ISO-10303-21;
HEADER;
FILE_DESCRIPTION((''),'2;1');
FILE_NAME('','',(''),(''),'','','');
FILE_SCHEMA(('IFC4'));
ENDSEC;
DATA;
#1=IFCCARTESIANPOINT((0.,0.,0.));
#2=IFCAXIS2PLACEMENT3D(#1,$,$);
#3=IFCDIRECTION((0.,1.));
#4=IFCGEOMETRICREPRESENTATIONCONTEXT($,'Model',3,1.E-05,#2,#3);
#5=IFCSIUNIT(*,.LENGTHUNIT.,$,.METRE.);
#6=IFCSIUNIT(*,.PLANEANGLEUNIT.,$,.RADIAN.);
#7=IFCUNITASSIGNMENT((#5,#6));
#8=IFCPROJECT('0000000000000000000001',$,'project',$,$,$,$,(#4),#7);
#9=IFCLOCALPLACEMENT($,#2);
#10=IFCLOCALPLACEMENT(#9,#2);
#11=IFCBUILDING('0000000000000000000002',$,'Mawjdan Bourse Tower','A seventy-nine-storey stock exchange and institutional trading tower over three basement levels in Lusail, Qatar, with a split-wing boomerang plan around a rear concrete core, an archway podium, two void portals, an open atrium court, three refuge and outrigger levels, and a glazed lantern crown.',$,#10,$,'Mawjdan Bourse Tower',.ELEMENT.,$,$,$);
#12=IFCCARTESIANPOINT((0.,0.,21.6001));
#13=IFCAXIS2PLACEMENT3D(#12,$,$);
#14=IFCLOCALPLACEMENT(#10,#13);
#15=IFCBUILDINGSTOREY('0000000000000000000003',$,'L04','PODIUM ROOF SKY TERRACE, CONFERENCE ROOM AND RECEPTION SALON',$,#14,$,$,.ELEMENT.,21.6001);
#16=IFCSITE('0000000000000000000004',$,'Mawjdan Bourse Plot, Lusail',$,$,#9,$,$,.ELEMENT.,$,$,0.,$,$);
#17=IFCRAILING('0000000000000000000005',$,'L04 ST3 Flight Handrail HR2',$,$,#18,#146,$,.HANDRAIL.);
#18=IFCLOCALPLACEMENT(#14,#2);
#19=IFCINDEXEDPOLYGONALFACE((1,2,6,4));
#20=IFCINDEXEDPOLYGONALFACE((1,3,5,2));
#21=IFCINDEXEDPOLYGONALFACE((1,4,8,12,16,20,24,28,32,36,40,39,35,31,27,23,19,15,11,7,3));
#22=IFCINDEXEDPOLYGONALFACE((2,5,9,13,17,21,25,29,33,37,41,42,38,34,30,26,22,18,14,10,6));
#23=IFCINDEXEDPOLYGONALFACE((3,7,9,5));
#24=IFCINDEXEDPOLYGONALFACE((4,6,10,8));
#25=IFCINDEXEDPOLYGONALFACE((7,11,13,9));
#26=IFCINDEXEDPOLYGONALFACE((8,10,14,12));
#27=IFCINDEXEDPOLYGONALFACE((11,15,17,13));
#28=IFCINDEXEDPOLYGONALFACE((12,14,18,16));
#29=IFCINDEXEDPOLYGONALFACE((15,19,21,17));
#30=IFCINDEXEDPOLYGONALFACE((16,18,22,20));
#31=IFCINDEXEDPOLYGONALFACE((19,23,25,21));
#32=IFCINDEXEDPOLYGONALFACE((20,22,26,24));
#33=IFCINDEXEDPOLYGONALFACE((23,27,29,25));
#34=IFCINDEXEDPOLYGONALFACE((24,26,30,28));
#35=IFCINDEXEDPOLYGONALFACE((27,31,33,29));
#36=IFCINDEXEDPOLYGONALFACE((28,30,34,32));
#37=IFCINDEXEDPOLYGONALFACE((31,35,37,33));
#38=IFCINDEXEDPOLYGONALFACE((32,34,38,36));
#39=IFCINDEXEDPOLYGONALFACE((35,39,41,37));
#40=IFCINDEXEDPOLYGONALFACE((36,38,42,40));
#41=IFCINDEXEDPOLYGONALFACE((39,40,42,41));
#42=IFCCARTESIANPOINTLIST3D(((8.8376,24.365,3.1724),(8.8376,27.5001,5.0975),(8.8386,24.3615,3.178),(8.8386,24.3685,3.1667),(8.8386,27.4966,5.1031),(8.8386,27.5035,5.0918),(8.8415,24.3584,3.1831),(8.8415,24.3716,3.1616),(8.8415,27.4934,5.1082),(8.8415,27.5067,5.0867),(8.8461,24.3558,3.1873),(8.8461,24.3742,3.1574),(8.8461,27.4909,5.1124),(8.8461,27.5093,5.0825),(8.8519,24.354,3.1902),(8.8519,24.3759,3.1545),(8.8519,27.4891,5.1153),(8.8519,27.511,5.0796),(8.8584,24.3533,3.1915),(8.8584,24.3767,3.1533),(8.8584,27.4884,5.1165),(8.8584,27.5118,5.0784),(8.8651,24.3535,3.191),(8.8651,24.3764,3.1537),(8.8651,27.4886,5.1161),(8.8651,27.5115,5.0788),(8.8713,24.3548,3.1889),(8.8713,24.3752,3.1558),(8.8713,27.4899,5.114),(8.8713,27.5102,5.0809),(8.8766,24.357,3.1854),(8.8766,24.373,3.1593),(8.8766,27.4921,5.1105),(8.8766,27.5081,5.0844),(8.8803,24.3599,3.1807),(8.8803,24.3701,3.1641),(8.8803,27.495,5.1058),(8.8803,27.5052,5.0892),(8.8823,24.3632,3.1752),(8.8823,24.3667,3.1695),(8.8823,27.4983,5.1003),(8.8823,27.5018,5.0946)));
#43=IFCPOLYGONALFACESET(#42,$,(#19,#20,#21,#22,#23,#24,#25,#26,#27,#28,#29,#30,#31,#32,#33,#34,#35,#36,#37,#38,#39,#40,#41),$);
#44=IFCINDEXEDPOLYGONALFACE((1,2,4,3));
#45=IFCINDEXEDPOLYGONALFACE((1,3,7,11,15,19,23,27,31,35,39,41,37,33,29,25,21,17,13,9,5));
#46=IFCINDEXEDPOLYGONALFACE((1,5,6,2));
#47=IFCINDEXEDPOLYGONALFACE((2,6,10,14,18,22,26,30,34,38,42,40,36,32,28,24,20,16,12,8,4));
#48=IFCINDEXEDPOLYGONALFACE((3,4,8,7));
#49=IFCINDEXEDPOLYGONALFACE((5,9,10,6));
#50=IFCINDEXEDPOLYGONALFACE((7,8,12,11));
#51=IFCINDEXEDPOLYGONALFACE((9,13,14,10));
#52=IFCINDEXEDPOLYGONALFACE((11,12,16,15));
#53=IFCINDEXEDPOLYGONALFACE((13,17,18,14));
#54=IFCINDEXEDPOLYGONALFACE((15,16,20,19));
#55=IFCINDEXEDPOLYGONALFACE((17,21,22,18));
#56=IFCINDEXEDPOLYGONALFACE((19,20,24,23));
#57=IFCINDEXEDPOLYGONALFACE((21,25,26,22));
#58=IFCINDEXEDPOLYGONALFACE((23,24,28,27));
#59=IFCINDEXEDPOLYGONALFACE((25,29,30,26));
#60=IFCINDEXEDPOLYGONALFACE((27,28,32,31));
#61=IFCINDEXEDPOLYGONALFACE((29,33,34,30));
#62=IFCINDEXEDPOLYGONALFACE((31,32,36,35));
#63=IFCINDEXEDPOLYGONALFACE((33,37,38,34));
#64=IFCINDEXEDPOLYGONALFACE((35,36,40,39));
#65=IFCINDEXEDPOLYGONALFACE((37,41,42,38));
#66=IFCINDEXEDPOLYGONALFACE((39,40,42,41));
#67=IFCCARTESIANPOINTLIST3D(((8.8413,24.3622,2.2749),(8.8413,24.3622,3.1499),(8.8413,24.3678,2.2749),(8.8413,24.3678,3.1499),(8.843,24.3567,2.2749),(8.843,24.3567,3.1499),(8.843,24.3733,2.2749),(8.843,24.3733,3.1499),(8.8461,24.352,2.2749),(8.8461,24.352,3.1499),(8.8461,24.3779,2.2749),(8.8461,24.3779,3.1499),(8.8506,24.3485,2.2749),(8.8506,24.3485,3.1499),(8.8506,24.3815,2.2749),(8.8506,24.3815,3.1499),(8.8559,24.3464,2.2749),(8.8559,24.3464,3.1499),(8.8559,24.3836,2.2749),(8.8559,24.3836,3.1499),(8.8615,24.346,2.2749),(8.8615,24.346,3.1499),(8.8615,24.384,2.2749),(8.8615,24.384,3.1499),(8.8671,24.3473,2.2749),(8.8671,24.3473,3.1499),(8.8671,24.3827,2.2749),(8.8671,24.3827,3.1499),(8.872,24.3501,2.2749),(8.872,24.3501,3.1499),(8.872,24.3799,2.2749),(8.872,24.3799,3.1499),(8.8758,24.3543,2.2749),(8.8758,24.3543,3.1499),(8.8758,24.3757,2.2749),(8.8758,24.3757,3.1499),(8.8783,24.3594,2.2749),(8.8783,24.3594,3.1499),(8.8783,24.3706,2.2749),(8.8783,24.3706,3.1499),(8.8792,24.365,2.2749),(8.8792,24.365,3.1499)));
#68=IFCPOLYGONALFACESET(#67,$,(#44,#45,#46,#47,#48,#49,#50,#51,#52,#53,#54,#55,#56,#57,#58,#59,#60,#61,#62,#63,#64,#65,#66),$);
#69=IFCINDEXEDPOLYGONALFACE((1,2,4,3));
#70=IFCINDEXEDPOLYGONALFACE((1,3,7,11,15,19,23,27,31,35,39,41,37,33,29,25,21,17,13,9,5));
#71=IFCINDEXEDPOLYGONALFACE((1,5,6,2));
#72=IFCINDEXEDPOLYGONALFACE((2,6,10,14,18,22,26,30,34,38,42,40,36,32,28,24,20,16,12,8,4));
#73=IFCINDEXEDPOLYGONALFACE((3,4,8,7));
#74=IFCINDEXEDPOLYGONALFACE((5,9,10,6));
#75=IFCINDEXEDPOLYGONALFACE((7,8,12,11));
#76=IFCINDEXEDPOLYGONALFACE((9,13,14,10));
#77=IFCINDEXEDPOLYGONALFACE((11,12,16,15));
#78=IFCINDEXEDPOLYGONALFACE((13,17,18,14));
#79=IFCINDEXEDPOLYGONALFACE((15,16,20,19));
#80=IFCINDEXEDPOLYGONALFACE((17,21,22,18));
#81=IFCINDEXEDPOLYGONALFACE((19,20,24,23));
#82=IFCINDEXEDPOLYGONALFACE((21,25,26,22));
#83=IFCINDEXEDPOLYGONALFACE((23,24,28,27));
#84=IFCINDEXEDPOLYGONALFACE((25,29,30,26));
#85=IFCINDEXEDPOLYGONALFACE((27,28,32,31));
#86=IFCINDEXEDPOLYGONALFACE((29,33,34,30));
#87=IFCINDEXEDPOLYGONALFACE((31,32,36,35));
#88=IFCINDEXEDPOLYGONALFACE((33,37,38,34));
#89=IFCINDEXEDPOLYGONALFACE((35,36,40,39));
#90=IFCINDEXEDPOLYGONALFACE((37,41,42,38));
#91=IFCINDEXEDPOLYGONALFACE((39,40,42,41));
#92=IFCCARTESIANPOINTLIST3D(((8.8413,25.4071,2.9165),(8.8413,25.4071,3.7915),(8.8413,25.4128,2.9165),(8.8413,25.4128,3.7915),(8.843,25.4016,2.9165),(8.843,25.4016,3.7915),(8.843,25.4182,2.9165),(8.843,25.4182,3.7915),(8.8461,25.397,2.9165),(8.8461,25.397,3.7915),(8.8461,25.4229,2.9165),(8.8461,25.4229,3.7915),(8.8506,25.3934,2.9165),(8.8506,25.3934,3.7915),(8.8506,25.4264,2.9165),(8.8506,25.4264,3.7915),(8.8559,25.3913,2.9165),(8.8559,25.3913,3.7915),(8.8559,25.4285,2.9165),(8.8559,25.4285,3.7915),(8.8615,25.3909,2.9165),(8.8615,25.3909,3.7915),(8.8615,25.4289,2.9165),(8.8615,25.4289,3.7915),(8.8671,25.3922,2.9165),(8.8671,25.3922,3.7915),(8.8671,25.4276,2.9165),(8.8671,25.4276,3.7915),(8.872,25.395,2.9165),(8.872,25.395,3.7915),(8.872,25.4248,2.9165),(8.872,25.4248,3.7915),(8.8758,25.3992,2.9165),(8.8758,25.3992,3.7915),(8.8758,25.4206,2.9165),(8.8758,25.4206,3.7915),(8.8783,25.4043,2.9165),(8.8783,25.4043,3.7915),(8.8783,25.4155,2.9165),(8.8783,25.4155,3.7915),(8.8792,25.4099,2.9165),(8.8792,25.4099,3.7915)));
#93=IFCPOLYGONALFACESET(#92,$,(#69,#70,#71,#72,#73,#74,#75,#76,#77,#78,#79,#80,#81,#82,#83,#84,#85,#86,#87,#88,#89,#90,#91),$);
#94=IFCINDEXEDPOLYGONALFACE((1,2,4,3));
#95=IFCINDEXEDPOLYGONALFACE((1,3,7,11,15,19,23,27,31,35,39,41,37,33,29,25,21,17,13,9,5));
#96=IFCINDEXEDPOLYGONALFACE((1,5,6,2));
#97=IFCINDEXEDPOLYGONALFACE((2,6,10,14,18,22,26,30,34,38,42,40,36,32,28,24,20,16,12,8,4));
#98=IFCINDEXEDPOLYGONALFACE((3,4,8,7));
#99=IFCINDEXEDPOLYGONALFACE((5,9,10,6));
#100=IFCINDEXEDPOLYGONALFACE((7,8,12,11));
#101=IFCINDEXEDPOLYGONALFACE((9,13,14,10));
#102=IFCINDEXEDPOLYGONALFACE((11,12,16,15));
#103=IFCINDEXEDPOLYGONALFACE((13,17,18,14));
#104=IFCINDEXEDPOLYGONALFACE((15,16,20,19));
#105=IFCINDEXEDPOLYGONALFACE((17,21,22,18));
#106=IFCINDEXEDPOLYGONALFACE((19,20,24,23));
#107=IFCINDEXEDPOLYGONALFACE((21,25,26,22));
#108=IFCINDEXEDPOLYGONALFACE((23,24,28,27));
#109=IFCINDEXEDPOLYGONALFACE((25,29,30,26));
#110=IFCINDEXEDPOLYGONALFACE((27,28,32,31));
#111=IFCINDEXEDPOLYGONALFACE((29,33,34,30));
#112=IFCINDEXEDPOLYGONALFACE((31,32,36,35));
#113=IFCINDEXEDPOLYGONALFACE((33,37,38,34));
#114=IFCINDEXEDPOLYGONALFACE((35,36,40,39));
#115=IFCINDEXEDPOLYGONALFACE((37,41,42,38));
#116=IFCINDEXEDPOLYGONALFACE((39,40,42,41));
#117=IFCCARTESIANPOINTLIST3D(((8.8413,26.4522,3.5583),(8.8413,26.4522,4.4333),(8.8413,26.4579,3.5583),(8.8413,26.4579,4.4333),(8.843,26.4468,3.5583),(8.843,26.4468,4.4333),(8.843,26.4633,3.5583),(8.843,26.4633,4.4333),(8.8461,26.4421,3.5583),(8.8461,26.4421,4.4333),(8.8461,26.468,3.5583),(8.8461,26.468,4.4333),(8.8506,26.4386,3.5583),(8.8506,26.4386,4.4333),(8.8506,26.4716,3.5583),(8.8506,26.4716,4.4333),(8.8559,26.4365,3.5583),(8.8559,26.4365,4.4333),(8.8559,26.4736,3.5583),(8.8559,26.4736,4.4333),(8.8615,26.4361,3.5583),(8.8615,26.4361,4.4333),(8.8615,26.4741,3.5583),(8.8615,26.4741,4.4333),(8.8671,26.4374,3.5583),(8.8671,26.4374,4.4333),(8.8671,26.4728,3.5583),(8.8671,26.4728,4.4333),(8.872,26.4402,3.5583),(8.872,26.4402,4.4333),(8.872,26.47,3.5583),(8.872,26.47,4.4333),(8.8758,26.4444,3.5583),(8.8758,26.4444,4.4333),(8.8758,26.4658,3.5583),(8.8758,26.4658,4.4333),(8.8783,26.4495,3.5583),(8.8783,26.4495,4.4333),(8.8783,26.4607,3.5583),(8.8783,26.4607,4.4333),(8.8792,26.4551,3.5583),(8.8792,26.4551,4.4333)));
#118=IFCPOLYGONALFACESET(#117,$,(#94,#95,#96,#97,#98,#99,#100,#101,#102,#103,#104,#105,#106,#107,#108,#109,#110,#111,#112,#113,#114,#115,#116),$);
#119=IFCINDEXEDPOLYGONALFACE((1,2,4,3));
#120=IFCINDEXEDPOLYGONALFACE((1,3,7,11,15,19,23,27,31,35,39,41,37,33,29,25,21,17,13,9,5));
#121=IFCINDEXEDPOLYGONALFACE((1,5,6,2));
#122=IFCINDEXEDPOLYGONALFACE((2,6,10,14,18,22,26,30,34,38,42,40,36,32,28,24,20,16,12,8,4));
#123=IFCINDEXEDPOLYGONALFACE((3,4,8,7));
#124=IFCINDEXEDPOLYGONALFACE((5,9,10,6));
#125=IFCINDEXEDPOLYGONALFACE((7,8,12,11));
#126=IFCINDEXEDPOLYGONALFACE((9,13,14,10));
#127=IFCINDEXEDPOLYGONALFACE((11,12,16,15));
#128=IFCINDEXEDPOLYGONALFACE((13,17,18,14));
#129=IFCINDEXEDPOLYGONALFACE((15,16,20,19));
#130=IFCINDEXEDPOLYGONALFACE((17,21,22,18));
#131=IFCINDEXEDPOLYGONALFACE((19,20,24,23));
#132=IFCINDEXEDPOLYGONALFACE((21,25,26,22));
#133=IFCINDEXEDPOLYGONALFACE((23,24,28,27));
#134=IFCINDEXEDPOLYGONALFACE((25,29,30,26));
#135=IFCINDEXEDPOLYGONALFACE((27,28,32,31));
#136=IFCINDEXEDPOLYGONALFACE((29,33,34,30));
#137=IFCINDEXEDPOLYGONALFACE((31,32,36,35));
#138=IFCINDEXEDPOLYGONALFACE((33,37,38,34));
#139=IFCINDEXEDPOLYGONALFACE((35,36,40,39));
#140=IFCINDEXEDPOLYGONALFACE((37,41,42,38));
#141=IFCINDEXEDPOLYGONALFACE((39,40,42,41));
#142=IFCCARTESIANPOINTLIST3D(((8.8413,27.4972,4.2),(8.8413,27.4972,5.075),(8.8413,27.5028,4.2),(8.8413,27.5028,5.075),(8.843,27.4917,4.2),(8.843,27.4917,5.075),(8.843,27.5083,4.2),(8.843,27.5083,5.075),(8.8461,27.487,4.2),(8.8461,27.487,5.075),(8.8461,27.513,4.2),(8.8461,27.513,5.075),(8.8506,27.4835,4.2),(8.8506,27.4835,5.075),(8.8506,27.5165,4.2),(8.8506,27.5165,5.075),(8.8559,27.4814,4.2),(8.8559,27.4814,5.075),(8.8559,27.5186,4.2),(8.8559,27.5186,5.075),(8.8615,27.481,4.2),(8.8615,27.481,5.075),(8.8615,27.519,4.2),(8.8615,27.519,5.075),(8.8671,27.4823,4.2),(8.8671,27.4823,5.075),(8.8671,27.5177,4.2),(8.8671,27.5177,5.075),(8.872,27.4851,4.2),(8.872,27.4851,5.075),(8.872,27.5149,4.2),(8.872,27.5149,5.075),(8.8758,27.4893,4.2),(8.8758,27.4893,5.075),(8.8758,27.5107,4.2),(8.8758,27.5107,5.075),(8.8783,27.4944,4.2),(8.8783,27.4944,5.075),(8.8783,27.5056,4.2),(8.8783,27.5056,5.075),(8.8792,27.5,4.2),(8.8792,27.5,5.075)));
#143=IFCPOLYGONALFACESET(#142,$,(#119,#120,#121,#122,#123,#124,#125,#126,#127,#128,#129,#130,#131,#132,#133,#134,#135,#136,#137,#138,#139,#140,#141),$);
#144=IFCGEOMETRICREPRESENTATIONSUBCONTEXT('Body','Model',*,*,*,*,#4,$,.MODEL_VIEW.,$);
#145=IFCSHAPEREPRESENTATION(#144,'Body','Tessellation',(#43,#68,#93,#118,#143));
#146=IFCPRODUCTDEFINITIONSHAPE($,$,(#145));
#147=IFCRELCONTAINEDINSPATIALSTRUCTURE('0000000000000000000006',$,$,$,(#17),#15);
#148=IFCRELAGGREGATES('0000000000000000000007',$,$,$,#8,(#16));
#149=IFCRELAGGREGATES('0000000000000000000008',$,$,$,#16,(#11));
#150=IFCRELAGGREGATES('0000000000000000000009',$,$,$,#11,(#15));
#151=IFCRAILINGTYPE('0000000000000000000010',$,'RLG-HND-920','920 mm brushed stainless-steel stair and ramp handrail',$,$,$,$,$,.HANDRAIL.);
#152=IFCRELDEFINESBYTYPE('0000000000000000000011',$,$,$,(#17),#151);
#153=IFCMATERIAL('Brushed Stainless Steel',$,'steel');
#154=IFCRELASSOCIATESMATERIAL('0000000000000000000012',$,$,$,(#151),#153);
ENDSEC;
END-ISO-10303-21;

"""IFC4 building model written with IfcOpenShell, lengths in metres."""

from ifc_helpers import new_model, si_unit, direction, frame, origin, origin_2d, place, context, subcontext, project, spatial, circle, extrude, material, type_object, element, save


model = new_model("IFC4")

# Units and contexts
model_context = context("Model", 3, precision=1e-05, world=origin(), true_north=direction((0.0, 1.0)))
body_context = subcontext(model_context, "Body", "Model", "MODEL_VIEW")
ifc_project = project(units=[si_unit("LENGTHUNIT", "METRE"), si_unit("PLANEANGLEUNIT", "RADIAN")], contexts=[model_context])

# Site, building, storey
site_placement = place(None, origin())
site = spatial("IfcSite", under=ifc_project, at=site_placement, Name="Mawjdan Bourse Plot, Lusail", CompositionType="ELEMENT", RefElevation=0.0)
building_placement = place(site_placement, origin())
building = spatial("IfcBuilding", under=site, at=building_placement, Name="Mawjdan Bourse Tower", Description="A seventy-nine-storey stock exchange and institutional trading tower over three basement levels in Lusail, Qatar, with a split-wing boomerang plan around a rear concrete core, an archway podium, two void portals, an open atrium court, three refuge and outrigger levels, and a glazed lantern crown.", LongName="Mawjdan Bourse Tower", CompositionType="ELEMENT")
storey_placement = place(building_placement, frame((0.0, 0.0, 21.6001)))
storey = spatial("IfcBuildingStorey", under=building, at=storey_placement, Name="L04", Description="PODIUM ROOF SKY TERRACE, CONFERENCE ROOM AND RECEPTION SALON", CompositionType="ELEMENT", Elevation=21.6001)

# Railing
ifc_material_1 = material(Name="Brushed Stainless Steel", Category="steel")
railing_type_1 = type_object("IfcRailingType", Name="RLG-HND-920", Description="920 mm brushed stainless-steel stair and ramp handrail", PredefinedType="HANDRAIL", material=ifc_material_1)
railing_placement = place(storey_placement, frame((8.8601, 24.365, 2.2749)))
element("IfcRailing", 1, at=railing_placement, inside=storey, type_object=railing_type_1, Name="L04 ST3 Flight Handrail HR2", PredefinedType="HANDRAIL", context=body_context, shape_type="SweptSolid", body=[
    extrude(circle(Radius=0.0225, at=origin_2d()), frame((0.0, 0.0, 0.8975), z_axis=(0.0, 0.852166, 0.523271), x_axis=(-1.0, 0.0, 0.0)), (0.0, 0.0, 1.0), 3.679),
    extrude(circle(Radius=0.019, at=origin_2d()), origin(), (0.0, 0.0, 1.0), 0.875),
    extrude(circle(Radius=0.019, at=origin_2d()), frame((0.0, 1.0449, 0.6416)), (0.0, 0.0, 1.0), 0.875),
    extrude(circle(Radius=0.019, at=origin_2d()), frame((0.0, 2.0901, 1.2834)), (0.0, 0.0, 1.0), 0.875),
    extrude(circle(Radius=0.019, at=origin_2d()), frame((0.0, 3.135, 1.925)), (0.0, 0.0, 1.0), 0.875),
])

save(model, "model.ifc")
